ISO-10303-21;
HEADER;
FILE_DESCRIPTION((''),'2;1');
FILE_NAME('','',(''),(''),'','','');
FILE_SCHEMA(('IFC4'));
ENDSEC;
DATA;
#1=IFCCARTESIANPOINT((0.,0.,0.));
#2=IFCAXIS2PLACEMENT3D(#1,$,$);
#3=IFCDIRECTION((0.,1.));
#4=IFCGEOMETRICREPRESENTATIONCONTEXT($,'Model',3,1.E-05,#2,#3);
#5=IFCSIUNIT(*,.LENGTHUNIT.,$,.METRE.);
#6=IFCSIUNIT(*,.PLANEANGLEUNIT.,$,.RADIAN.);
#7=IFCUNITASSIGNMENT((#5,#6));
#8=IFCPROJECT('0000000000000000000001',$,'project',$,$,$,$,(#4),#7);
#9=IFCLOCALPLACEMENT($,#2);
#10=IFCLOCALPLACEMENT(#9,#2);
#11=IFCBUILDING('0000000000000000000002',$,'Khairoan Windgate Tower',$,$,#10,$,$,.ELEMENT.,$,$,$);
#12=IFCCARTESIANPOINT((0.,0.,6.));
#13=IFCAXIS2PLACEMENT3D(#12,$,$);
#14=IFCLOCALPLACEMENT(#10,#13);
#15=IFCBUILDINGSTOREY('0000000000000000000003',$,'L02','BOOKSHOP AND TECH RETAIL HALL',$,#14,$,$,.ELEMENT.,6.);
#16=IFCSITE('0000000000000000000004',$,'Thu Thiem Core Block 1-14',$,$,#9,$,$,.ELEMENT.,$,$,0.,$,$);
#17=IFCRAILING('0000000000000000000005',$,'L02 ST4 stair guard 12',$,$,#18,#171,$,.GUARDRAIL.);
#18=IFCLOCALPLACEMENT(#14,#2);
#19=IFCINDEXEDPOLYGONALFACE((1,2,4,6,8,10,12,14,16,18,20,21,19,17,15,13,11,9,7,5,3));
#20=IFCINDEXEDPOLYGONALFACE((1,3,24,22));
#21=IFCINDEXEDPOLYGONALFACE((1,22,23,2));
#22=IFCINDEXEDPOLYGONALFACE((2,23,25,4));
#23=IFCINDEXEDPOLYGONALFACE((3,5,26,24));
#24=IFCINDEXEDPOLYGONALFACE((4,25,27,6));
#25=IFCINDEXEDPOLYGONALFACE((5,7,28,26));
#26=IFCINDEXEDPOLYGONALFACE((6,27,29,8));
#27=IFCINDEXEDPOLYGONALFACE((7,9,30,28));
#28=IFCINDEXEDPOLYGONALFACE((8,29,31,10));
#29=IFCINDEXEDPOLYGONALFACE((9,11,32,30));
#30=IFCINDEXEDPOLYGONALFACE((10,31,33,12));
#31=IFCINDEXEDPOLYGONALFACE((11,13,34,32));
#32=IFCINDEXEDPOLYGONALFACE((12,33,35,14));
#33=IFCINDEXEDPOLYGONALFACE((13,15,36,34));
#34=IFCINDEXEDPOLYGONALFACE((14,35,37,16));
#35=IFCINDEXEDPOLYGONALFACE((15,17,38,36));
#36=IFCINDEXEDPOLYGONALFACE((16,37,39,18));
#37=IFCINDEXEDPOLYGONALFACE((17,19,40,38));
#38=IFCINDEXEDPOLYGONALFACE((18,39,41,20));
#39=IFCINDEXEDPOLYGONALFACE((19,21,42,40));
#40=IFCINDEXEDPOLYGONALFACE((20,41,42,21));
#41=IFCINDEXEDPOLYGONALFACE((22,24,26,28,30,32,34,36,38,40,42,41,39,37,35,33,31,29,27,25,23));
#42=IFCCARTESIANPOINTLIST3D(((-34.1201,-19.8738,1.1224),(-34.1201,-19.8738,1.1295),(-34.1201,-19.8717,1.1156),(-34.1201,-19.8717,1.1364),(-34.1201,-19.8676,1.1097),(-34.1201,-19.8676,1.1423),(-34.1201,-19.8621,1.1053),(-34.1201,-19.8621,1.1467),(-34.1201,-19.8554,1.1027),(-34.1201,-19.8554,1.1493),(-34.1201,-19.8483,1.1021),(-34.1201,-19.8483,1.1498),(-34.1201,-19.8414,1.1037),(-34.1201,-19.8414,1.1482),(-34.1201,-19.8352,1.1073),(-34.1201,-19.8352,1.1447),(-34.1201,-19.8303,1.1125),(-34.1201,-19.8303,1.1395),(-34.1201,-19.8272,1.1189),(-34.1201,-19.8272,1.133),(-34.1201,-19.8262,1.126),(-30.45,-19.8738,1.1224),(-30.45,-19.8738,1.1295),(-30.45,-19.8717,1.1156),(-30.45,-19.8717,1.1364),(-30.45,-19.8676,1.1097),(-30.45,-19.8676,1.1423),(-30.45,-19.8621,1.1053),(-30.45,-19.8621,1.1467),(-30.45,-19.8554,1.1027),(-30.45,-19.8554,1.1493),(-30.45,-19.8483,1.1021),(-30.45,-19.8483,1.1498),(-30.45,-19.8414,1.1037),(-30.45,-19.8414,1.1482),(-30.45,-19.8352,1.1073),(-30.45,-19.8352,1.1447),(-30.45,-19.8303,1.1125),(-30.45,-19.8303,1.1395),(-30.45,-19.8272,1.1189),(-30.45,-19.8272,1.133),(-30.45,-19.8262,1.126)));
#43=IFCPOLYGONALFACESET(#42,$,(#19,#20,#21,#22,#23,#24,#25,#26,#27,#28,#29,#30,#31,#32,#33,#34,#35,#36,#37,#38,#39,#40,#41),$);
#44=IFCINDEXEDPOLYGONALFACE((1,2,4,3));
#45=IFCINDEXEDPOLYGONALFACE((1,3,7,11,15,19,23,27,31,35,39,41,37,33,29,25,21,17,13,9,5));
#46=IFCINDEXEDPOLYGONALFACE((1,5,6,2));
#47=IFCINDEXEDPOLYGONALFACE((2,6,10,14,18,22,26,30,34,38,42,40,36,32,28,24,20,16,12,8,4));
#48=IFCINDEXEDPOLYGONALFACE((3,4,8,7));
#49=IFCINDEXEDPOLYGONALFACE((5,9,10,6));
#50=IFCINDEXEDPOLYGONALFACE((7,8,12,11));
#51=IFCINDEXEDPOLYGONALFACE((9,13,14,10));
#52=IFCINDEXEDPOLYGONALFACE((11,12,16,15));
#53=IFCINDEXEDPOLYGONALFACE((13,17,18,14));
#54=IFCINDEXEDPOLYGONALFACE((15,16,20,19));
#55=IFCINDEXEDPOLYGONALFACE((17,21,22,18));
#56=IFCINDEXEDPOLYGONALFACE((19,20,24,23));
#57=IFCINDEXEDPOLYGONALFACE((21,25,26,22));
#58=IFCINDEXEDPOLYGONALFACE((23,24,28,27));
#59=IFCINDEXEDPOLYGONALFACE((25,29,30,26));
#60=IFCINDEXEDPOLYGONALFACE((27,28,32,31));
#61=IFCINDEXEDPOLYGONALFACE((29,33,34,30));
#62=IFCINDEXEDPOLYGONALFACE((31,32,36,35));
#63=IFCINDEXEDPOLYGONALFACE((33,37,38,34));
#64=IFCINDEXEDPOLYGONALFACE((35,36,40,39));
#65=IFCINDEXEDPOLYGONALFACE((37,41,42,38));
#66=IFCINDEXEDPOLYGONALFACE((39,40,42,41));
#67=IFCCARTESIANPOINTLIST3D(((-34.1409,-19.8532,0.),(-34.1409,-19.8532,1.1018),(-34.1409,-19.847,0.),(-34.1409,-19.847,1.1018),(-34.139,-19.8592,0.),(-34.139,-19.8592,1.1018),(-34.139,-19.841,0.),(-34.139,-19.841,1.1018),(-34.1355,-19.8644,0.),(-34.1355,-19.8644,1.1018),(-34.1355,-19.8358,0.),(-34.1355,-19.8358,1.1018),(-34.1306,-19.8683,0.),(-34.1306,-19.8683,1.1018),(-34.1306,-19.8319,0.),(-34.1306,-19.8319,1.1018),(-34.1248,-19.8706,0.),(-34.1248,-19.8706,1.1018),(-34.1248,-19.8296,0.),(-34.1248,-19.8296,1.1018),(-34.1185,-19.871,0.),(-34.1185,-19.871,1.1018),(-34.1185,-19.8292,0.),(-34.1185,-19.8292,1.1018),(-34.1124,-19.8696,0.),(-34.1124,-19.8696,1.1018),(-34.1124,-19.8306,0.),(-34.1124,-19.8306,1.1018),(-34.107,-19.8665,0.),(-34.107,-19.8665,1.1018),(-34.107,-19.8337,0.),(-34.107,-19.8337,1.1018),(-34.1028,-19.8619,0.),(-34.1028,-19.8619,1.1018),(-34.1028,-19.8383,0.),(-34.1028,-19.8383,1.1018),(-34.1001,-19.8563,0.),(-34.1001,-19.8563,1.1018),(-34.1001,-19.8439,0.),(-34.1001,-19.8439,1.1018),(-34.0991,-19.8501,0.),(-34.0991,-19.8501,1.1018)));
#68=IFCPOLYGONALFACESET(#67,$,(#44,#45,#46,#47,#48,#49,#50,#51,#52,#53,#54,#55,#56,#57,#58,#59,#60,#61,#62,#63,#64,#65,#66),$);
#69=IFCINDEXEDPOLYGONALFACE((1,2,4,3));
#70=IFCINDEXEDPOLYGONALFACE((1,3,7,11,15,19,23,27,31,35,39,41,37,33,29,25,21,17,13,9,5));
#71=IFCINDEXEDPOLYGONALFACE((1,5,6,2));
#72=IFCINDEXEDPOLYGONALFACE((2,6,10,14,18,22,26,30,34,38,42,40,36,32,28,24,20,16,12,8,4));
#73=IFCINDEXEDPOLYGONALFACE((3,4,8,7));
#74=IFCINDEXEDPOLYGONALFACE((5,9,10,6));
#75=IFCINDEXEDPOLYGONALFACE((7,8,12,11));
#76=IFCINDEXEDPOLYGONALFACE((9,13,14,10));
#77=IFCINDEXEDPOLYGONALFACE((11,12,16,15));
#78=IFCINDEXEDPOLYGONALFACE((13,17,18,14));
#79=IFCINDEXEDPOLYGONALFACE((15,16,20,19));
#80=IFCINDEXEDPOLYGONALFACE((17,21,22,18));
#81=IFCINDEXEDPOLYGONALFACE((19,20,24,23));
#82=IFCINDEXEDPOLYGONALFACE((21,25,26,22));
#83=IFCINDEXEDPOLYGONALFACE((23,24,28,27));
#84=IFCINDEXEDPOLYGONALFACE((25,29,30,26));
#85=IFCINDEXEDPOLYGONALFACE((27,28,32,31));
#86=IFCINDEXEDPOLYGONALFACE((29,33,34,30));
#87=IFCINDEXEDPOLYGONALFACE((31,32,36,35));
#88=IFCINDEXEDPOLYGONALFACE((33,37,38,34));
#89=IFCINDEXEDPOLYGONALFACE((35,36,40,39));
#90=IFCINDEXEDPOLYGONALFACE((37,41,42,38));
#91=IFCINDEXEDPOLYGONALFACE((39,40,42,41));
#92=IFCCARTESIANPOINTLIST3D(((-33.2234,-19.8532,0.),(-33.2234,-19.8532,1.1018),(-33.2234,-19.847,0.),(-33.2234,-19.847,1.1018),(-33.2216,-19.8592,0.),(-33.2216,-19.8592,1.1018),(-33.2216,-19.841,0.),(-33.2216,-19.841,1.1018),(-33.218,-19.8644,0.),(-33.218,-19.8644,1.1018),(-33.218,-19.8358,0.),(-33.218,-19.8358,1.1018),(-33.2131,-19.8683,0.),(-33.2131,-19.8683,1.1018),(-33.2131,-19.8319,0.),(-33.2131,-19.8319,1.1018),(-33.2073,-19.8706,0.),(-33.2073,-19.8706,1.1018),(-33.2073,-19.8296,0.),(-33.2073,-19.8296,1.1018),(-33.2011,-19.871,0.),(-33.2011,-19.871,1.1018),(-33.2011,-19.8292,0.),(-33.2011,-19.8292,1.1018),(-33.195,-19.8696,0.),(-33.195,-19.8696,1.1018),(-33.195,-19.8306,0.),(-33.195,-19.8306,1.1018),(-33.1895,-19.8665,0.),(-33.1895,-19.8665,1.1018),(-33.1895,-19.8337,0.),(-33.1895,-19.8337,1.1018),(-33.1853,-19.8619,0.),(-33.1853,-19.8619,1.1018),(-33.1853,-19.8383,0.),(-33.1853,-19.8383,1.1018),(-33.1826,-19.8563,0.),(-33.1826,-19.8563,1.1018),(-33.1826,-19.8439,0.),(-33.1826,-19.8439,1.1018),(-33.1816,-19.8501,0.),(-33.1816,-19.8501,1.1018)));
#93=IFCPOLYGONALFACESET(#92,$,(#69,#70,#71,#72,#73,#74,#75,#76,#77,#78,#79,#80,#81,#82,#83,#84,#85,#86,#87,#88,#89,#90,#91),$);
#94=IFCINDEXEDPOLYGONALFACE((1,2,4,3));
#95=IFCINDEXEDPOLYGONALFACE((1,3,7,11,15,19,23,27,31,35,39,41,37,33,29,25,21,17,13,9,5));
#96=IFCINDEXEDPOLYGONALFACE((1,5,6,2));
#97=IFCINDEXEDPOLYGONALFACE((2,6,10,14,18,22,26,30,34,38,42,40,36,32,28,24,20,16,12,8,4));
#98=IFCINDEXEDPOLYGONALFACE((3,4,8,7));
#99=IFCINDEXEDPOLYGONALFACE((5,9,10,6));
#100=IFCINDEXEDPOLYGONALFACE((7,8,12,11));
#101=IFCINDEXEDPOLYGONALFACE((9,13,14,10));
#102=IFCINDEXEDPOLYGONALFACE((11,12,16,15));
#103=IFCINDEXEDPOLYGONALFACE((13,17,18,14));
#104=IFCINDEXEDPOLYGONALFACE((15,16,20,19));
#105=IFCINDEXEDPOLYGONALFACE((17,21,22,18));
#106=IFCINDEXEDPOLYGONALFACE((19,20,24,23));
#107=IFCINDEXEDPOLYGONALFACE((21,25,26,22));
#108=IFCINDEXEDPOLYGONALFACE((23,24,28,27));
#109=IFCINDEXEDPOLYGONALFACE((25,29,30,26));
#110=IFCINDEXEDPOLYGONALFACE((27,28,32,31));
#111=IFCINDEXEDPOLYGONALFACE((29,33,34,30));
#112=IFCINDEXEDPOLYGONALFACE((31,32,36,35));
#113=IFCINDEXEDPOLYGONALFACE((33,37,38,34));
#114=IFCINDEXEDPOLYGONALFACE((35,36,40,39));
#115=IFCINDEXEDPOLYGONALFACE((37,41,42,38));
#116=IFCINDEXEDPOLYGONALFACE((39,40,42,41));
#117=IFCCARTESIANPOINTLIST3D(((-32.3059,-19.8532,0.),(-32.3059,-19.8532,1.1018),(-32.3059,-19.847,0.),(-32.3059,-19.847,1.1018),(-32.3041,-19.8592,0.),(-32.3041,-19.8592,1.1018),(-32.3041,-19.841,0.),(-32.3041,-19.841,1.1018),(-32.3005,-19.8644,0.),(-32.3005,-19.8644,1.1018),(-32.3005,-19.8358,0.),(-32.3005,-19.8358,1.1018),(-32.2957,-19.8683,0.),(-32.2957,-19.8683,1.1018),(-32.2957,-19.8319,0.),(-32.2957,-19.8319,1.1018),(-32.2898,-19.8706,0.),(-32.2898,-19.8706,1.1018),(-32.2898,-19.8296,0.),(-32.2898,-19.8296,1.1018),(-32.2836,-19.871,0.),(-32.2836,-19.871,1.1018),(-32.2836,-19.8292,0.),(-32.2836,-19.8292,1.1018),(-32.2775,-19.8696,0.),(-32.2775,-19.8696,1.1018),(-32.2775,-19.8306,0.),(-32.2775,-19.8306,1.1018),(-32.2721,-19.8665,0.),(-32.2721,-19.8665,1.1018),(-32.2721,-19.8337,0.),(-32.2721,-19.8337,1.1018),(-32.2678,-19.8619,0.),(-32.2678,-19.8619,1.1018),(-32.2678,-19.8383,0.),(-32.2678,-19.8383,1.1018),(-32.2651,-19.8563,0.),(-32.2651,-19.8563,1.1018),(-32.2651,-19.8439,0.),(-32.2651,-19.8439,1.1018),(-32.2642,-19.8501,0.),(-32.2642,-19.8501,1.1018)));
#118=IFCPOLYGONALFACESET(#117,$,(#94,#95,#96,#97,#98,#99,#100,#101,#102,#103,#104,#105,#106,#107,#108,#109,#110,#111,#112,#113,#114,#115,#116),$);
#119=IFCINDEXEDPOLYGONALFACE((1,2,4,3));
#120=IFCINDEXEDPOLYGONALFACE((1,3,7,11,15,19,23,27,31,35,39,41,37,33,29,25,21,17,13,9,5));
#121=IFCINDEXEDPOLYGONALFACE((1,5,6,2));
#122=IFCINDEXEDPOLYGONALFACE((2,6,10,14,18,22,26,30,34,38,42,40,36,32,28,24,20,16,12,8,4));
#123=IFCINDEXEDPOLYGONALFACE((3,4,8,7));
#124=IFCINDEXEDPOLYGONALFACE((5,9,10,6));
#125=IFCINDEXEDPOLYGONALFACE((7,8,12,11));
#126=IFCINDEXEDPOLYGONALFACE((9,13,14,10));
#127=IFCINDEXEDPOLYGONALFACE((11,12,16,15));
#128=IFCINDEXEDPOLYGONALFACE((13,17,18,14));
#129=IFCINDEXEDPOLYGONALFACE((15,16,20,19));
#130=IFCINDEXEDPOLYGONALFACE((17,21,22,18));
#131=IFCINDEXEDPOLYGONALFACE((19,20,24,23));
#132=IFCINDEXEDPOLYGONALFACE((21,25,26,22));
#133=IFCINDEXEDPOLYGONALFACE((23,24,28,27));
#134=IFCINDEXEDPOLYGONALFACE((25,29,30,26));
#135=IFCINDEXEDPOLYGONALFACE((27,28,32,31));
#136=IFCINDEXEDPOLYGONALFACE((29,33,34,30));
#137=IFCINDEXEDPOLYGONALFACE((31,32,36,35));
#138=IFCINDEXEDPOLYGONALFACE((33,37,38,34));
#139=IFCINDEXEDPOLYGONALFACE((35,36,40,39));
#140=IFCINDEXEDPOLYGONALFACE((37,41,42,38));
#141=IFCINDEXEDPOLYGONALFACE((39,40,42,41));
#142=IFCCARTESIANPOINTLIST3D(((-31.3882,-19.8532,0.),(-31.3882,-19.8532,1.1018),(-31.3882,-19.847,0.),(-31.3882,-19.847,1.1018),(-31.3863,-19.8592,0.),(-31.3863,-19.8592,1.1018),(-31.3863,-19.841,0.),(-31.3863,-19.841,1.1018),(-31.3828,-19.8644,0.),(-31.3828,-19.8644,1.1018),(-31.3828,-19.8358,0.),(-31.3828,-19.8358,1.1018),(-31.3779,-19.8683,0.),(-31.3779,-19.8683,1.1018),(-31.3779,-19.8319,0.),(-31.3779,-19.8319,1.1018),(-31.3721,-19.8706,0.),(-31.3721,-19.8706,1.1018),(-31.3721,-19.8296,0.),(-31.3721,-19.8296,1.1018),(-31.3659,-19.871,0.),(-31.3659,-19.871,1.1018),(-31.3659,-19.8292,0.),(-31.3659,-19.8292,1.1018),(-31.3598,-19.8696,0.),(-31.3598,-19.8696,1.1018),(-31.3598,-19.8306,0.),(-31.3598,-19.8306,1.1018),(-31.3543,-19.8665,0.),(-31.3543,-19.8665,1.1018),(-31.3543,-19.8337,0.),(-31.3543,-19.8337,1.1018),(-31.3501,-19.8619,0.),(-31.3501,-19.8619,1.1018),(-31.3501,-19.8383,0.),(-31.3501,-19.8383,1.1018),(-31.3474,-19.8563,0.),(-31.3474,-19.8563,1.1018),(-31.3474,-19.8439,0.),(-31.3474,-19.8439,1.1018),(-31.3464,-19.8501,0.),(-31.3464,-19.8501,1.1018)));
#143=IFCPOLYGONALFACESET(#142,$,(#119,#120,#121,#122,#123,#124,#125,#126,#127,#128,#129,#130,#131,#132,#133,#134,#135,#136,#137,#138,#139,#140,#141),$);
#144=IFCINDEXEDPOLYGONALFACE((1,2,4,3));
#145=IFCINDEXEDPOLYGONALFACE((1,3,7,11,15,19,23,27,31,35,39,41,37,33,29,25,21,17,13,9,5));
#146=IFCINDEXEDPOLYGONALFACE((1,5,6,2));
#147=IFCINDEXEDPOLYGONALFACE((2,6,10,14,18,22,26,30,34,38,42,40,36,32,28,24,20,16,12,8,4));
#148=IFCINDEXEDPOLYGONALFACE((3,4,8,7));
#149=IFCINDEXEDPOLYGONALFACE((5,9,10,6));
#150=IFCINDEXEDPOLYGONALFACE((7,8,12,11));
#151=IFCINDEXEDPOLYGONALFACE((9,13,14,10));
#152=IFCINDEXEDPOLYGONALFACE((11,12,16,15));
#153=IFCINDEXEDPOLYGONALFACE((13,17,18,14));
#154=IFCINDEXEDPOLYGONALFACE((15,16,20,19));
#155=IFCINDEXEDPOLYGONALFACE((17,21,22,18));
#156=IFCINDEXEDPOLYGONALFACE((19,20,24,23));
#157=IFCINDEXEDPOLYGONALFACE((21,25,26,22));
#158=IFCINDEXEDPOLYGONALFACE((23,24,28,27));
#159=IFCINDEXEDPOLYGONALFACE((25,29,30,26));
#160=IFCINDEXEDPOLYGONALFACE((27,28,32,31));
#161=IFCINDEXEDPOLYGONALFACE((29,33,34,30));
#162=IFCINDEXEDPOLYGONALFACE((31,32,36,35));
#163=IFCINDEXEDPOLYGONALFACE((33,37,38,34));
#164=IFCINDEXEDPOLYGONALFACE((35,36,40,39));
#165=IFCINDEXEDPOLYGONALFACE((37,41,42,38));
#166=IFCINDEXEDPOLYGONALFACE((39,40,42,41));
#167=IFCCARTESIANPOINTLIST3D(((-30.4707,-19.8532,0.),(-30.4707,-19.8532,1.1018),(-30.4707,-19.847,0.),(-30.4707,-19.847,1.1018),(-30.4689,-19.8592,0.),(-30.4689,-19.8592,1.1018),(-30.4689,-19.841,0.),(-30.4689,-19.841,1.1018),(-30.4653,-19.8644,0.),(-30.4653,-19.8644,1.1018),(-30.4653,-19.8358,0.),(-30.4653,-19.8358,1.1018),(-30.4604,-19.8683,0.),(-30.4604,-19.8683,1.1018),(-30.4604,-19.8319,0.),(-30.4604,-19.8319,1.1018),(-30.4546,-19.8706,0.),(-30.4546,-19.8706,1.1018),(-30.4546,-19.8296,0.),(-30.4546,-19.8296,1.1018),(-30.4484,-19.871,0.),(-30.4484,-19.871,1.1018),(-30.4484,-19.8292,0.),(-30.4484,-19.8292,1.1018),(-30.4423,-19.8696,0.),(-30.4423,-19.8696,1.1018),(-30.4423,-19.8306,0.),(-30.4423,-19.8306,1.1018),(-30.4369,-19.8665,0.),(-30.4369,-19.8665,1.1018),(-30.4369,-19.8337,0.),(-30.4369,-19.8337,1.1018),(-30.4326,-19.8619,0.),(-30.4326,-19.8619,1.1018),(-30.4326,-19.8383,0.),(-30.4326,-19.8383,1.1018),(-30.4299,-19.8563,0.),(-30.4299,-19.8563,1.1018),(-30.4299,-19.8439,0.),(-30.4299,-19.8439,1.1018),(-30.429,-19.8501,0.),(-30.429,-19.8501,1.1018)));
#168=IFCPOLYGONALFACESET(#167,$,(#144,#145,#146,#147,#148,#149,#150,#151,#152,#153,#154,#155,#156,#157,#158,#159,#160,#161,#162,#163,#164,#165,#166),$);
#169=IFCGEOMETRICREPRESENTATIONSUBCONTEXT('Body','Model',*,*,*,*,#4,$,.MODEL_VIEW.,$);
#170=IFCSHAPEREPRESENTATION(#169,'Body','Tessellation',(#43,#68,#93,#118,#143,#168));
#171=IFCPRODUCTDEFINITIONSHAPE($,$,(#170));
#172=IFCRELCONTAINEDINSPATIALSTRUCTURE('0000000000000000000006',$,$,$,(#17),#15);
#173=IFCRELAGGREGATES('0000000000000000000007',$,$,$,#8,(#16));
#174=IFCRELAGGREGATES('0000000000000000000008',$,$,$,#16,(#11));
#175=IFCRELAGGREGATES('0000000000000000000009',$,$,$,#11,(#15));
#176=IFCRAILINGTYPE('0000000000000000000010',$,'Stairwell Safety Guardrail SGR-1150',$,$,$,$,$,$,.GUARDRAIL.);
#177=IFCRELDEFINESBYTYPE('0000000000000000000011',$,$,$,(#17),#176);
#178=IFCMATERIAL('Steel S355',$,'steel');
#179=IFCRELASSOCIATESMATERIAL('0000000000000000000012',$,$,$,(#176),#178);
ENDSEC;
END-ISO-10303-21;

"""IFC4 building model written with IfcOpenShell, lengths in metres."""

from ifc_helpers import new_model, si_unit, direction, frame, origin, origin_2d, place, context, subcontext, project, spatial, circle, extrude, material, type_object, element, save


model = new_model("IFC4")

# Units and contexts
model_context = context("Model", 3, precision=1e-05, world=origin(), true_north=direction((0.0, 1.0)))
body_context = subcontext(model_context, "Body", "Model", "MODEL_VIEW")
ifc_project = project(units=[si_unit("LENGTHUNIT", "METRE"), si_unit("PLANEANGLEUNIT", "RADIAN")], contexts=[model_context])

# Site, building, storey
site_placement = place(None, origin())
site = spatial("IfcSite", under=ifc_project, at=site_placement, Name="Thu Thiem Core Block 1-14", CompositionType="ELEMENT", RefElevation=0.0)
building_placement = place(site_placement, origin())
building = spatial("IfcBuilding", under=site, at=building_placement, Name="Khairoan Windgate Tower", CompositionType="ELEMENT")
storey_placement = place(building_placement, frame((0.0, 0.0, 6.0)))
storey = spatial("IfcBuildingStorey", under=building, at=storey_placement, Name="L02", Description="BOOKSHOP AND TECH RETAIL HALL", CompositionType="ELEMENT", Elevation=6.0)

# Railing
ifc_material_1 = material(Name="Steel S355", Category="steel")
railing_type = type_object("IfcRailingType", Name="Stairwell Safety Guardrail SGR-1150", PredefinedType="GUARDRAIL", material=ifc_material_1)
railing_1_placement = place(storey_placement, frame((-34.1201, -19.8501, 0.0)))
element("IfcRailing", 1, at=railing_1_placement, inside=storey, type_object=railing_type, Name="L02 ST4 stair guard 12", PredefinedType="GUARDRAIL", context=body_context, shape_type="SweptSolid", body=[
    extrude(circle(Radius=0.0239, at=origin_2d()), frame((0.0, 0.0, 1.126), z_axis=(1.0, 0.0, 0.0), x_axis=(0.0, 1.0, 0.0)), (0.0, 0.0, 1.0), 3.6702),
    extrude(circle(Radius=0.021, at=origin_2d()), origin(), (0.0, 0.0, 1.0), 1.1018),
    extrude(circle(Radius=0.021, at=origin_2d()), frame((0.9175, 0.0, 0.0)), (0.0, 0.0, 1.0), 1.1018),
    extrude(circle(Radius=0.021, at=origin_2d()), frame((1.835, 0.0, 0.0)), (0.0, 0.0, 1.0), 1.1018),
    extrude(circle(Radius=0.021, at=origin_2d()), frame((2.7527, 0.0, 0.0)), (0.0, 0.0, 1.0), 1.1018),
    extrude(circle(Radius=0.021, at=origin_2d()), frame((3.6702, 0.0, 0.0)), (0.0, 0.0, 1.0), 1.1018),
])

save(model, "model.ifc")
